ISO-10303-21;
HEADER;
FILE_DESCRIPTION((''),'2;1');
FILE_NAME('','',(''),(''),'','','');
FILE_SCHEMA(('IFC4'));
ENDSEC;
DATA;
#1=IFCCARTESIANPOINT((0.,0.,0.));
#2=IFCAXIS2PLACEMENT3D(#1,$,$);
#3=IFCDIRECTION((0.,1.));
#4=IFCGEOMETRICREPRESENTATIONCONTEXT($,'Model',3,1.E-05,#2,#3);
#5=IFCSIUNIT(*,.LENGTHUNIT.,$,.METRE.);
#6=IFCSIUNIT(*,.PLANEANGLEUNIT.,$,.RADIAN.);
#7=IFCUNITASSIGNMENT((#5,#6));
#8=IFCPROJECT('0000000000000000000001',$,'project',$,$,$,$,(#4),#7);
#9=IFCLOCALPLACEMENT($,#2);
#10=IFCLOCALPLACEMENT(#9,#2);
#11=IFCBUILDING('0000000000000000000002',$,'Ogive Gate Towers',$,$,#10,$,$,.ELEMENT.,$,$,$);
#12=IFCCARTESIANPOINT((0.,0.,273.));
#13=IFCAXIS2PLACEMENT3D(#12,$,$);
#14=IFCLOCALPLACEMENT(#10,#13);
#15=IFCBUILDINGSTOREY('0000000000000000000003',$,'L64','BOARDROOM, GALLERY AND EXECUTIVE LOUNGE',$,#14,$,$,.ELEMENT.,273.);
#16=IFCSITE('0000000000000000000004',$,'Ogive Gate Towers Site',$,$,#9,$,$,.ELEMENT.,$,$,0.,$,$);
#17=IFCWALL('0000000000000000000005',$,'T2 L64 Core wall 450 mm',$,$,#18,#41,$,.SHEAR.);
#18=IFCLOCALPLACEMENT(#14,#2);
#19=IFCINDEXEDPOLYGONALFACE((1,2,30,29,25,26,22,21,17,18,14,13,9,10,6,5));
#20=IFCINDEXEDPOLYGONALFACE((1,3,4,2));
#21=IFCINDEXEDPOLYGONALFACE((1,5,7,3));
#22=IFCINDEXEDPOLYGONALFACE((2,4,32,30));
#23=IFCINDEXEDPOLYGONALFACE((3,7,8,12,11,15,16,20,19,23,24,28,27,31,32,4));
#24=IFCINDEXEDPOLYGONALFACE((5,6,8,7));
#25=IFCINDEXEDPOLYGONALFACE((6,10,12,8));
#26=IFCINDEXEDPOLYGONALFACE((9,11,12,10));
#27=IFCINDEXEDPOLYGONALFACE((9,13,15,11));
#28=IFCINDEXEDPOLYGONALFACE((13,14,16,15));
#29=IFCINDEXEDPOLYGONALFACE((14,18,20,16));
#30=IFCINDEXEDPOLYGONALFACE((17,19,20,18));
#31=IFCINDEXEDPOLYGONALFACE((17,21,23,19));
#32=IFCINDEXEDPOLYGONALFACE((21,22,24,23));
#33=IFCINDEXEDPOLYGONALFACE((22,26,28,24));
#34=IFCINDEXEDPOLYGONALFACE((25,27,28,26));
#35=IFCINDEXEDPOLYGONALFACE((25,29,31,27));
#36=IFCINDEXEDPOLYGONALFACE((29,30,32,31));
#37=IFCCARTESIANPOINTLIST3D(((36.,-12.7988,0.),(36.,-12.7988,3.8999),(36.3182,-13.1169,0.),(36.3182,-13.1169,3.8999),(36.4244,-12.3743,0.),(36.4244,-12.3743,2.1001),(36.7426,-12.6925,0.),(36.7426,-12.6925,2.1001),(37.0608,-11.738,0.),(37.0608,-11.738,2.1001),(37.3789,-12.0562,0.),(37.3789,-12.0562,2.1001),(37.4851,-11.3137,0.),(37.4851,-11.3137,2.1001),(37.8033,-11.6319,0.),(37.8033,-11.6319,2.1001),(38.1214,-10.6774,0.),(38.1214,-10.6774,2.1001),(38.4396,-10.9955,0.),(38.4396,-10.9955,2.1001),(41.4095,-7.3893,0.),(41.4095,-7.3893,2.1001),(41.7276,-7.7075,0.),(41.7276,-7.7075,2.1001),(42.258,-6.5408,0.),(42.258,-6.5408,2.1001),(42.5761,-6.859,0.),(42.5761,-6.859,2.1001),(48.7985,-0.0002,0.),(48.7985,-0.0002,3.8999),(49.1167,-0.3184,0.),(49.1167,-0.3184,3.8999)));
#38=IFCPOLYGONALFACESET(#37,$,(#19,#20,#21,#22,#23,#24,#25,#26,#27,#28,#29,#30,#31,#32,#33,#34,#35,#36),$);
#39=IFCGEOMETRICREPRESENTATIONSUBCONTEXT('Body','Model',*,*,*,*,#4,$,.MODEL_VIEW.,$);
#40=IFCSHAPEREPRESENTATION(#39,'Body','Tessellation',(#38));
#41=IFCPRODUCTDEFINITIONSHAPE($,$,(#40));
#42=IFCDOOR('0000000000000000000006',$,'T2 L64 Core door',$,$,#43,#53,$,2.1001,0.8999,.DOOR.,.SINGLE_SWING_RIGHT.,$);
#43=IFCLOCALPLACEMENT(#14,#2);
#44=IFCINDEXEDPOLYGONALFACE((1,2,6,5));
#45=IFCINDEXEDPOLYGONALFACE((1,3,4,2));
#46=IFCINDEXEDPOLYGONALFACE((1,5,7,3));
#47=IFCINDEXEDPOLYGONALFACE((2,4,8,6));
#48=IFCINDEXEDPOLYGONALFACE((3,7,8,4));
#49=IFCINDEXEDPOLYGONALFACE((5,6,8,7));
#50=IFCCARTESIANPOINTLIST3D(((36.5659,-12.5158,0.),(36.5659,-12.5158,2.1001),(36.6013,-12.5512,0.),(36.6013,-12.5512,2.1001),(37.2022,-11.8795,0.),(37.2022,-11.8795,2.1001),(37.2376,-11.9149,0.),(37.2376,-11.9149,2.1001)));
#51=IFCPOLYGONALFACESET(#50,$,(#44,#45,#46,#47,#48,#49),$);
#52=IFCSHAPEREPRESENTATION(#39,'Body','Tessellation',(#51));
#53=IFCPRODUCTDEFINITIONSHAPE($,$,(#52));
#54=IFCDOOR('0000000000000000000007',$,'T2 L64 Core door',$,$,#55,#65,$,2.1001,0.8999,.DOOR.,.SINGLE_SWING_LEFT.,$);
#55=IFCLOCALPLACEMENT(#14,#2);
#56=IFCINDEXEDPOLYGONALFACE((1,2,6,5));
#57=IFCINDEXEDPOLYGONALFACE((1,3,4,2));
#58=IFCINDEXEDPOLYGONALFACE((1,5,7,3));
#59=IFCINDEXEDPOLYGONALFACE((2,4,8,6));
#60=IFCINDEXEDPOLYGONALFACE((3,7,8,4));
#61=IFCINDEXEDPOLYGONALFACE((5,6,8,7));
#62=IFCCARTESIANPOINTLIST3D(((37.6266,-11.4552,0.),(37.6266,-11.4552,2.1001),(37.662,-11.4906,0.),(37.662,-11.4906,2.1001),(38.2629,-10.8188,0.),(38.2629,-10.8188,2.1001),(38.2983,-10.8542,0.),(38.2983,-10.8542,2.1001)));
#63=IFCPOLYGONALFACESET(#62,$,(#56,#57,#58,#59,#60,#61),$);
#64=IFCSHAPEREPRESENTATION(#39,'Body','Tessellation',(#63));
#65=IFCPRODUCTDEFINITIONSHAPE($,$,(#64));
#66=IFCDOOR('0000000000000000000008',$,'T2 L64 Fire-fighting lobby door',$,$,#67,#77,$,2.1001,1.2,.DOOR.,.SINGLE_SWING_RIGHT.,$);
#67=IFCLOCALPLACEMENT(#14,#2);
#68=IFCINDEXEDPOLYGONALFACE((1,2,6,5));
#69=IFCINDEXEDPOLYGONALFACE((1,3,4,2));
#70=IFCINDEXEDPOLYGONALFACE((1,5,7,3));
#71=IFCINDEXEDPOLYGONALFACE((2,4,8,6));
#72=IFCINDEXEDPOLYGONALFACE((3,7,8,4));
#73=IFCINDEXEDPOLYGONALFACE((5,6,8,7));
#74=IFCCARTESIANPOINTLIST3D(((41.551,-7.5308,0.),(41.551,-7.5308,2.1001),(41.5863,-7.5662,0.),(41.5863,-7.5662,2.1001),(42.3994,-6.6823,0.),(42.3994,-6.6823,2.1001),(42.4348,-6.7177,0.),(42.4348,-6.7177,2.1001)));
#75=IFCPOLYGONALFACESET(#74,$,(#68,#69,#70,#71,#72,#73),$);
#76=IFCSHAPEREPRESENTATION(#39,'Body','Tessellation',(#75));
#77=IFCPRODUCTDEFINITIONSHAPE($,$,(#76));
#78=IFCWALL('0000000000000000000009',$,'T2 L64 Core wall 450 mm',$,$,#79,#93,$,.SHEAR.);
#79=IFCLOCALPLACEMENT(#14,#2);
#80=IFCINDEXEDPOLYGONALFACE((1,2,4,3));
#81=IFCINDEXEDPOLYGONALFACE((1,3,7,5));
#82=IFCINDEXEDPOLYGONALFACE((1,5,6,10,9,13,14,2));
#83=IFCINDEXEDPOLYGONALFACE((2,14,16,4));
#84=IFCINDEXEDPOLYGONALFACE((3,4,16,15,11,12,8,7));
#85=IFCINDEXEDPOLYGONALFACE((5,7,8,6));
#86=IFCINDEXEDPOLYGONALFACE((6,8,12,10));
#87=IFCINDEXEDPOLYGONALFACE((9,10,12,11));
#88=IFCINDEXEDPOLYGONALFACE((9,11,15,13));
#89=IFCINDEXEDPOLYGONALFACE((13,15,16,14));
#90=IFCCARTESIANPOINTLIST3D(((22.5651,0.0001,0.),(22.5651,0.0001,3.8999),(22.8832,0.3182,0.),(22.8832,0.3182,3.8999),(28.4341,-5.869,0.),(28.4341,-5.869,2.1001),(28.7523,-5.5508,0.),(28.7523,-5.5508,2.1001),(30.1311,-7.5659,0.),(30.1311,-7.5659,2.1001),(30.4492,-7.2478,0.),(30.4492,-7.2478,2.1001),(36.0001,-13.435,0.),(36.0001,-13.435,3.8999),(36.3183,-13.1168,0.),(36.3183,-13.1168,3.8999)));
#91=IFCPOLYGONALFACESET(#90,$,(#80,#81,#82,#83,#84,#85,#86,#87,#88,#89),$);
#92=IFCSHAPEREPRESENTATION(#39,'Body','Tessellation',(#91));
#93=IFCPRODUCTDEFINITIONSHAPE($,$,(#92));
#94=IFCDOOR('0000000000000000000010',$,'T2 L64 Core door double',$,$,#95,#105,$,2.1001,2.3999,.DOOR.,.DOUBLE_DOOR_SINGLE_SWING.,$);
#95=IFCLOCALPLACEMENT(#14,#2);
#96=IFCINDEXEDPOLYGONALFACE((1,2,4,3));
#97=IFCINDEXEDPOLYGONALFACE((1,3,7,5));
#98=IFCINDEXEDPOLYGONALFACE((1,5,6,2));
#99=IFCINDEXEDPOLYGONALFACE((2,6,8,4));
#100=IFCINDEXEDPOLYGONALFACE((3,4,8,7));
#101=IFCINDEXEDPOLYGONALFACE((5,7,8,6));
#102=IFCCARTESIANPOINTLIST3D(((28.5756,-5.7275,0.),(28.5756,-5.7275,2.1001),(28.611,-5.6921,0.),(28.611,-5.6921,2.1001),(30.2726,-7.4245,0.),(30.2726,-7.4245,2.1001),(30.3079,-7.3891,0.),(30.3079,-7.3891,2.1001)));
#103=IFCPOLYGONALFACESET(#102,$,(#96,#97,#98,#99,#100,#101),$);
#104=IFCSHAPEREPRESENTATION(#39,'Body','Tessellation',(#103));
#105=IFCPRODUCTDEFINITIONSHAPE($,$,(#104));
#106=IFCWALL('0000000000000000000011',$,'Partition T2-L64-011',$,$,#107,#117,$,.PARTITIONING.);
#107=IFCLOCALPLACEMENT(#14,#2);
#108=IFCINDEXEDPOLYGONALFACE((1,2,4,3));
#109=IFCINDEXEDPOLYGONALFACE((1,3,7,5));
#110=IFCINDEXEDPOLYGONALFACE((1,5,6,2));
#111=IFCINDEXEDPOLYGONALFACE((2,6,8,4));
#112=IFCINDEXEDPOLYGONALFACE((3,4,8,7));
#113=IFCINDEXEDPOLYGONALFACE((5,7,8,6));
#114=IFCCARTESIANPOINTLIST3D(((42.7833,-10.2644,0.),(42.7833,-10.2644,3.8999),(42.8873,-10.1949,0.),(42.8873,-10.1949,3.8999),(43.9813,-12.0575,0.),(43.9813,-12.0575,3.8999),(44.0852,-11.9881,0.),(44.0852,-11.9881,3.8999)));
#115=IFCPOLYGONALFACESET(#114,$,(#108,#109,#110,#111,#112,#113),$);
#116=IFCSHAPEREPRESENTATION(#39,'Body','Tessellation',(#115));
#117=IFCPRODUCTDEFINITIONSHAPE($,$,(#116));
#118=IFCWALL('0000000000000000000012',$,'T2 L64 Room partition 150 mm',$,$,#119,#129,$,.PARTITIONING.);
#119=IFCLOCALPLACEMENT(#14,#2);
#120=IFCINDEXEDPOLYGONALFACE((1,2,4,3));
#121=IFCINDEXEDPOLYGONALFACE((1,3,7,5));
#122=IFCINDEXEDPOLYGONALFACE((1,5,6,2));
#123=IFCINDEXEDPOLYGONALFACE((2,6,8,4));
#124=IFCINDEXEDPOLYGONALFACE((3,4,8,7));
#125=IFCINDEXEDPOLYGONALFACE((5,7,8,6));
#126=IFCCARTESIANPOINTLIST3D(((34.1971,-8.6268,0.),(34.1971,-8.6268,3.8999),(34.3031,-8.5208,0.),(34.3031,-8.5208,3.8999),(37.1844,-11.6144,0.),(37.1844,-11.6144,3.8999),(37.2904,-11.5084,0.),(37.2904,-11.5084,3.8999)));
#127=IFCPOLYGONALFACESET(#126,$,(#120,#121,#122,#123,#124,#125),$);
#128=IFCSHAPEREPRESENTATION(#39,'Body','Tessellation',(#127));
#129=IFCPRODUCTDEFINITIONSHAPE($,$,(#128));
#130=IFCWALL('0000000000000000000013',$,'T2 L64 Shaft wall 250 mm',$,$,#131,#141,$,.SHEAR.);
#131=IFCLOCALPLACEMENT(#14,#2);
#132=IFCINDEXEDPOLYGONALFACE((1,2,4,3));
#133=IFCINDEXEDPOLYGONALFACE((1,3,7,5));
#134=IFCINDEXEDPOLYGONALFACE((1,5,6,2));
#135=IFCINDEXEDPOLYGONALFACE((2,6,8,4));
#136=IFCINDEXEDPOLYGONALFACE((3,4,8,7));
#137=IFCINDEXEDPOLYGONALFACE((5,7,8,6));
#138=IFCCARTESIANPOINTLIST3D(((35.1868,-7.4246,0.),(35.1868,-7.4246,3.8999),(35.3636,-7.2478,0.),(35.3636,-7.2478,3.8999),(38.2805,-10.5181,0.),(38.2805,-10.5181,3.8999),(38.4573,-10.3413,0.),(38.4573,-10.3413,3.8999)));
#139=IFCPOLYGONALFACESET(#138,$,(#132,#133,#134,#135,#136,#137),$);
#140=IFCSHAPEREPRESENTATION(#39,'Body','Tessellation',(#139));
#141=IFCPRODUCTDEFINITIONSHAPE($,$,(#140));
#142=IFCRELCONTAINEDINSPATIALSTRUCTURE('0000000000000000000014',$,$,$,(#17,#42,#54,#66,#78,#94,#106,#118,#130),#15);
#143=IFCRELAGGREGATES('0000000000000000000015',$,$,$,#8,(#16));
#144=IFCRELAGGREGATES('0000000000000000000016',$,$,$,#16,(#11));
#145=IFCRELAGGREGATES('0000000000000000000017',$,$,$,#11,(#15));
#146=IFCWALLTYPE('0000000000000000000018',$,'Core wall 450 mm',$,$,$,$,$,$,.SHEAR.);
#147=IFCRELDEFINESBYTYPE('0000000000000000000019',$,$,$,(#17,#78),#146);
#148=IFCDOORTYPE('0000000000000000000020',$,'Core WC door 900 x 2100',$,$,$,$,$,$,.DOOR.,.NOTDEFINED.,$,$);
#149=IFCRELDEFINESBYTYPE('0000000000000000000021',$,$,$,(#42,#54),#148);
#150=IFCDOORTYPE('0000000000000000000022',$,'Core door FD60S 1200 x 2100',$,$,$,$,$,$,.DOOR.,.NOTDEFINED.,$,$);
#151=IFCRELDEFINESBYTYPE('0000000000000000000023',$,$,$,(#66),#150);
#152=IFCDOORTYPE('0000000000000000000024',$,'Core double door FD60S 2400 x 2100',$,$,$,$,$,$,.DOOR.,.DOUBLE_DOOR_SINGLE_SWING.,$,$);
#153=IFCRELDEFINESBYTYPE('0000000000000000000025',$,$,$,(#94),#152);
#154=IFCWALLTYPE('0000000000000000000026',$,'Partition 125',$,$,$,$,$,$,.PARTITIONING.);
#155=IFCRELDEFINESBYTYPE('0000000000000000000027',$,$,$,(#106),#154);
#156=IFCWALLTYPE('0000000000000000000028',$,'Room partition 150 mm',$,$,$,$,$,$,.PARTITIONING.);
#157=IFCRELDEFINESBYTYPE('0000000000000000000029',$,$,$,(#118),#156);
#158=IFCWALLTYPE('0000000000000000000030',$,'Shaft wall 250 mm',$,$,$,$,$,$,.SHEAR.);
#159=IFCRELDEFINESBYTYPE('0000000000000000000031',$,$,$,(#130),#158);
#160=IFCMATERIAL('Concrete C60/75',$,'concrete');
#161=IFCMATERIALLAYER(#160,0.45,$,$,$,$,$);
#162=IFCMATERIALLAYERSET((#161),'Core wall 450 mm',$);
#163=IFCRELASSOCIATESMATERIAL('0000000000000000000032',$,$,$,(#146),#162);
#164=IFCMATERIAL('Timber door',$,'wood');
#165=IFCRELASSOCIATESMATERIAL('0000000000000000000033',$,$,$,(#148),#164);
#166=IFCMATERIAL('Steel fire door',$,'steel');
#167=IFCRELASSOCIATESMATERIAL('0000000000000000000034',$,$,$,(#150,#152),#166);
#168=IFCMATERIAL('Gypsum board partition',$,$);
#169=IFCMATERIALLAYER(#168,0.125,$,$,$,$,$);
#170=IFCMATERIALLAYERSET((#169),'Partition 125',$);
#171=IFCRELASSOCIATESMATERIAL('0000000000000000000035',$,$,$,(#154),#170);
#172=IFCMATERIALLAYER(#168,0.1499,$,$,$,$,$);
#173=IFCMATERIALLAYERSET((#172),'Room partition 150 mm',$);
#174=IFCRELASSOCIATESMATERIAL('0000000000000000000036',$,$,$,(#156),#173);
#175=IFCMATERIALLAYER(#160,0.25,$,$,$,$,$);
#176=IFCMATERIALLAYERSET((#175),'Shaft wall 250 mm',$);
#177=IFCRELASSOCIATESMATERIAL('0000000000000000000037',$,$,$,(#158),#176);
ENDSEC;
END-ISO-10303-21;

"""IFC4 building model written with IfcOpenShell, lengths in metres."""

from ifc_helpers import new_model, si_unit, direction, frame, frame_2d, origin, place, context, subcontext, project, spatial, rectangle, extrude, material, layer, layer_set, type_object, element, fill, save


model = new_model("IFC4")

# Units and contexts
model_context = context("Model", 3, precision=1e-05, world=origin(), true_north=direction((0.0, 1.0)))
body_context = subcontext(model_context, "Body", "Model", "MODEL_VIEW")
ifc_project = project(units=[si_unit("LENGTHUNIT", "METRE"), si_unit("PLANEANGLEUNIT", "RADIAN")], contexts=[model_context])

# Site, building, storey
site_placement = place(None, origin())
site = spatial("IfcSite", under=ifc_project, at=site_placement, Name="Ogive Gate Towers Site", CompositionType="ELEMENT", RefElevation=0.0)
building_placement = place(site_placement, origin())
building = spatial("IfcBuilding", under=site, at=building_placement, Name="Ogive Gate Towers", CompositionType="ELEMENT")
storey_placement = place(building_placement, frame((0.0, 0.0, 273.0)))
storey = spatial("IfcBuildingStorey", under=building, at=storey_placement, Name="L64", Description="BOARDROOM, GALLERY AND EXECUTIVE LOUNGE", CompositionType="ELEMENT", Elevation=273.0)

# Shared definitions
ifc_material_1 = material(Name="Timber door", Category="wood")

# Wall, openings, doors
ifc_material_2 = material(Name="Concrete C60/75", Category="concrete")
ifc_layer_1 = layer(ifc_material_2, 0.45)
ifc_layer_set_1 = layer_set([ifc_layer_1], Name="Core wall 450 mm")
wall_type_1 = type_object("IfcWallType", Name="Core wall 450 mm", PredefinedType="SHEAR", material=ifc_layer_set_1)
wall_1_placement = place(storey_placement, frame((36.1592, -12.9578, 0.0), z_axis=(0.0, 0.0, 1.0), x_axis=(0.707107, 0.707107, 0.0)))
wall_1 = element("IfcWall", 1, at=wall_1_placement, inside=storey, type_object=wall_type_1, Name="T2 L64 Core wall 450 mm", PredefinedType="SHEAR", context=body_context, shape_type="SweptSolid", body=[
    extrude(rectangle(XDim=18.0999, YDim=0.45, at=frame_2d((9.0498, 0.0))), origin(), (0.0, 0.0, 1.0), 3.8999),
])
opening_1_placement = place(wall_1_placement, frame((7.6499, 0.0, 0.0)))
opening_1 = element("IfcOpeningElement", 2, at=opening_1_placement, cuts=wall_1, PredefinedType="OPENING", context=body_context, shape_type="SweptSolid", body=[
    extrude(rectangle(XDim=1.2, YDim=2.1001, at=frame_2d((0.6001, 1.05))), frame((0.0, 0.2349, 0.0), z_axis=(0.0, -1.0, 0.0), x_axis=(1.0, 0.0, 0.0)), (0.0, 0.0, 1.0), 0.47),
])
opening_2_placement = place(wall_1_placement, frame((0.6001, 0.0, 0.0)))
opening_2 = element("IfcOpeningElement", 3, at=opening_2_placement, cuts=wall_1, PredefinedType="OPENING", context=body_context, shape_type="SweptSolid", body=[
    extrude(rectangle(XDim=0.8999, YDim=2.1001, at=frame_2d((0.45, 1.05))), frame((0.0, 0.2349, 0.0), z_axis=(0.0, -1.0, 0.0), x_axis=(1.0, 0.0, 0.0)), (0.0, 0.0, 1.0), 0.47),
])
opening_3_placement = place(wall_1_placement, frame((2.1001, 0.0, 0.0)))
opening_3 = element("IfcOpeningElement", 4, at=opening_3_placement, cuts=wall_1, PredefinedType="OPENING", context=body_context, shape_type="SweptSolid", body=[
    extrude(rectangle(XDim=0.8999, YDim=2.1001, at=frame_2d((0.45, 1.05))), frame((0.0, 0.2349, 0.0), z_axis=(0.0, -1.0, 0.0), x_axis=(1.0, 0.0, 0.0)), (0.0, 0.0, 1.0), 0.47),
])
door_type_1 = type_object("IfcDoorType", Name="Core WC door 900 x 2100", OperationType="NOTDEFINED", PredefinedType="DOOR", material=ifc_material_1)
door_1_placement = place(opening_2_placement, origin())
door_1 = element("IfcDoor", 5, at=door_1_placement, inside=storey, type_object=door_type_1, Name="T2 L64 Core door", OperationType="SINGLE_SWING_RIGHT", OverallHeight=2.1001, OverallWidth=0.8999, PredefinedType="DOOR", context=body_context, shape_type="SweptSolid", body=[
    extrude(rectangle(XDim=0.8999, YDim=2.1001, at=frame_2d((0.45, 1.05))), frame((0.0, 0.0249, 0.0), z_axis=(0.0, -1.0, 0.0), x_axis=(1.0, 0.0, 0.0)), (0.0, 0.0, 1.0), 0.05),
])
fill(opening_2, door_1)
door_2_placement = place(opening_3_placement, origin())
door_2 = element("IfcDoor", 6, at=door_2_placement, inside=storey, type_object=door_type_1, Name="T2 L64 Core door", OperationType="SINGLE_SWING_LEFT", OverallHeight=2.1001, OverallWidth=0.8999, PredefinedType="DOOR", context=body_context, shape_type="SweptSolid", body=[
    extrude(rectangle(XDim=0.8999, YDim=2.1001, at=frame_2d((0.45, 1.05))), frame((0.0, 0.0249, 0.0), z_axis=(0.0, -1.0, 0.0), x_axis=(1.0, 0.0, 0.0)), (0.0, 0.0, 1.0), 0.05),
])
fill(opening_3, door_2)
ifc_material_3 = material(Name="Steel fire door", Category="steel")
door_type_2 = type_object("IfcDoorType", Name="Core door FD60S 1200 x 2100", OperationType="NOTDEFINED", PredefinedType="DOOR", material=ifc_material_3)
door_3_placement = place(opening_1_placement, origin())
door_3 = element("IfcDoor", 7, at=door_3_placement, inside=storey, type_object=door_type_2, Name="T2 L64 Fire-fighting lobby door", OperationType="SINGLE_SWING_RIGHT", OverallHeight=2.1001, OverallWidth=1.2, PredefinedType="DOOR", context=body_context, shape_type="SweptSolid", body=[
    extrude(rectangle(XDim=1.2, YDim=2.1001, at=frame_2d((0.6001, 1.05))), frame((0.0, 0.0249, 0.0), z_axis=(0.0, -1.0, 0.0), x_axis=(1.0, 0.0, 0.0)), (0.0, 0.0, 1.0), 0.05),
])
fill(opening_1, door_3)

# Wall, opening, door
wall_2_placement = place(storey_placement, frame((36.1592, -13.2759, 0.0), z_axis=(0.0, 0.0, 1.0), x_axis=(-0.707107, 0.707107, 0.0)))
wall_2 = element("IfcWall", 8, at=wall_2_placement, inside=storey, type_object=wall_type_1, Name="T2 L64 Core wall 450 mm", PredefinedType="SHEAR", context=body_context, shape_type="SweptSolid", body=[
    extrude(rectangle(XDim=19.0, YDim=0.45, at=frame_2d((9.5, 0.0))), origin(), (0.0, 0.0, 1.0), 3.8999),
])
opening_4_placement = place(wall_2_placement, frame((8.3, 0.0, 0.0)))
opening_4 = element("IfcOpeningElement", 9, at=opening_4_placement, cuts=wall_2, PredefinedType="OPENING", context=body_context, shape_type="SweptSolid", body=[
    extrude(rectangle(XDim=2.3999, YDim=2.1001, at=frame_2d((1.2, 1.05))), frame((0.0, 0.2349, 0.0), z_axis=(0.0, -1.0, 0.0), x_axis=(1.0, 0.0, 0.0)), (0.0, 0.0, 1.0), 0.47),
])
door_type_3 = type_object("IfcDoorType", Name="Core double door FD60S 2400 x 2100", OperationType="DOUBLE_DOOR_SINGLE_SWING", PredefinedType="DOOR", material=ifc_material_3)
door_4_placement = place(opening_4_placement, origin())
door_4 = element("IfcDoor", 10, at=door_4_placement, inside=storey, type_object=door_type_3, Name="T2 L64 Core door double", OperationType="DOUBLE_DOOR_SINGLE_SWING", OverallHeight=2.1001, OverallWidth=2.3999, PredefinedType="DOOR", context=body_context, shape_type="SweptSolid", body=[
    extrude(rectangle(XDim=2.3999, YDim=2.1001, at=frame_2d((1.2, 1.05))), frame((0.0, 0.0249, 0.0), z_axis=(0.0, -1.0, 0.0), x_axis=(1.0, 0.0, 0.0)), (0.0, 0.0, 1.0), 0.05),
])
fill(opening_4, door_4)

# Walls
ifc_material_4 = material(Name="Gypsum board partition")
ifc_layer_2 = layer(ifc_material_4, 0.125)
ifc_layer_set_2 = layer_set([ifc_layer_2], Name="Partition 125")
wall_type_2 = type_object("IfcWallType", Name="Partition 125", PredefinedType="PARTITIONING", material=ifc_layer_set_2)
wall_3_placement = place(storey_placement, frame((44.0332, -12.0227, 0.0), z_axis=(0.0, 0.0, 1.0), x_axis=(-0.55551, 0.83151, 0.0)))
element("IfcWall", 11, at=wall_3_placement, inside=storey, type_object=wall_type_2, Name="Partition T2-L64-011", PredefinedType="PARTITIONING", context=body_context, shape_type="SweptSolid", body=[
    extrude(rectangle(XDim=2.1565, YDim=0.125, at=frame_2d((1.0781, 0.0))), origin(), (0.0, 0.0, 1.0), 3.8999),
])
ifc_layer_3 = layer(ifc_material_4, 0.1499)
ifc_layer_set_3 = layer_set([ifc_layer_3], Name="Room partition 150 mm")
wall_type_3 = type_object("IfcWallType", Name="Room partition 150 mm", PredefinedType="PARTITIONING", material=ifc_layer_set_3)
wall_4_placement = place(storey_placement, frame((37.2373, -11.5613, 0.0), z_axis=(0.0, 0.0, 1.0), x_axis=(-0.707078, 0.707136, 0.0)))
element("IfcWall", 12, at=wall_4_placement, inside=storey, type_object=wall_type_3, Name="T2 L64 Room partition 150 mm", PredefinedType="PARTITIONING", context=body_context, shape_type="SweptSolid", body=[
    extrude(rectangle(XDim=4.2249, YDim=0.1499, at=frame_2d((2.1123, 0.0))), origin(), (0.0, 0.0, 1.0), 3.8999),
])
ifc_layer_4 = layer(ifc_material_2, 0.25)
ifc_layer_set_4 = layer_set([ifc_layer_4], Name="Shaft wall 250 mm")
wall_type_4 = type_object("IfcWallType", Name="Shaft wall 250 mm", PredefinedType="SHEAR", material=ifc_layer_set_4)
wall_5_placement = place(storey_placement, frame((38.3689, -10.4297, 0.0), z_axis=(0.0, 0.0, 1.0), x_axis=(-0.707135, 0.707079, 0.0)))
element("IfcWall", 13, at=wall_5_placement, inside=storey, type_object=wall_type_4, Name="T2 L64 Shaft wall 250 mm", PredefinedType="SHEAR", context=body_context, shape_type="SweptSolid", body=[
    extrude(rectangle(XDim=4.375, YDim=0.25, at=frame_2d((2.1875, 0.0))), origin(), (0.0, 0.0, 1.0), 3.8999),
])

save(model, "model.ifc")
